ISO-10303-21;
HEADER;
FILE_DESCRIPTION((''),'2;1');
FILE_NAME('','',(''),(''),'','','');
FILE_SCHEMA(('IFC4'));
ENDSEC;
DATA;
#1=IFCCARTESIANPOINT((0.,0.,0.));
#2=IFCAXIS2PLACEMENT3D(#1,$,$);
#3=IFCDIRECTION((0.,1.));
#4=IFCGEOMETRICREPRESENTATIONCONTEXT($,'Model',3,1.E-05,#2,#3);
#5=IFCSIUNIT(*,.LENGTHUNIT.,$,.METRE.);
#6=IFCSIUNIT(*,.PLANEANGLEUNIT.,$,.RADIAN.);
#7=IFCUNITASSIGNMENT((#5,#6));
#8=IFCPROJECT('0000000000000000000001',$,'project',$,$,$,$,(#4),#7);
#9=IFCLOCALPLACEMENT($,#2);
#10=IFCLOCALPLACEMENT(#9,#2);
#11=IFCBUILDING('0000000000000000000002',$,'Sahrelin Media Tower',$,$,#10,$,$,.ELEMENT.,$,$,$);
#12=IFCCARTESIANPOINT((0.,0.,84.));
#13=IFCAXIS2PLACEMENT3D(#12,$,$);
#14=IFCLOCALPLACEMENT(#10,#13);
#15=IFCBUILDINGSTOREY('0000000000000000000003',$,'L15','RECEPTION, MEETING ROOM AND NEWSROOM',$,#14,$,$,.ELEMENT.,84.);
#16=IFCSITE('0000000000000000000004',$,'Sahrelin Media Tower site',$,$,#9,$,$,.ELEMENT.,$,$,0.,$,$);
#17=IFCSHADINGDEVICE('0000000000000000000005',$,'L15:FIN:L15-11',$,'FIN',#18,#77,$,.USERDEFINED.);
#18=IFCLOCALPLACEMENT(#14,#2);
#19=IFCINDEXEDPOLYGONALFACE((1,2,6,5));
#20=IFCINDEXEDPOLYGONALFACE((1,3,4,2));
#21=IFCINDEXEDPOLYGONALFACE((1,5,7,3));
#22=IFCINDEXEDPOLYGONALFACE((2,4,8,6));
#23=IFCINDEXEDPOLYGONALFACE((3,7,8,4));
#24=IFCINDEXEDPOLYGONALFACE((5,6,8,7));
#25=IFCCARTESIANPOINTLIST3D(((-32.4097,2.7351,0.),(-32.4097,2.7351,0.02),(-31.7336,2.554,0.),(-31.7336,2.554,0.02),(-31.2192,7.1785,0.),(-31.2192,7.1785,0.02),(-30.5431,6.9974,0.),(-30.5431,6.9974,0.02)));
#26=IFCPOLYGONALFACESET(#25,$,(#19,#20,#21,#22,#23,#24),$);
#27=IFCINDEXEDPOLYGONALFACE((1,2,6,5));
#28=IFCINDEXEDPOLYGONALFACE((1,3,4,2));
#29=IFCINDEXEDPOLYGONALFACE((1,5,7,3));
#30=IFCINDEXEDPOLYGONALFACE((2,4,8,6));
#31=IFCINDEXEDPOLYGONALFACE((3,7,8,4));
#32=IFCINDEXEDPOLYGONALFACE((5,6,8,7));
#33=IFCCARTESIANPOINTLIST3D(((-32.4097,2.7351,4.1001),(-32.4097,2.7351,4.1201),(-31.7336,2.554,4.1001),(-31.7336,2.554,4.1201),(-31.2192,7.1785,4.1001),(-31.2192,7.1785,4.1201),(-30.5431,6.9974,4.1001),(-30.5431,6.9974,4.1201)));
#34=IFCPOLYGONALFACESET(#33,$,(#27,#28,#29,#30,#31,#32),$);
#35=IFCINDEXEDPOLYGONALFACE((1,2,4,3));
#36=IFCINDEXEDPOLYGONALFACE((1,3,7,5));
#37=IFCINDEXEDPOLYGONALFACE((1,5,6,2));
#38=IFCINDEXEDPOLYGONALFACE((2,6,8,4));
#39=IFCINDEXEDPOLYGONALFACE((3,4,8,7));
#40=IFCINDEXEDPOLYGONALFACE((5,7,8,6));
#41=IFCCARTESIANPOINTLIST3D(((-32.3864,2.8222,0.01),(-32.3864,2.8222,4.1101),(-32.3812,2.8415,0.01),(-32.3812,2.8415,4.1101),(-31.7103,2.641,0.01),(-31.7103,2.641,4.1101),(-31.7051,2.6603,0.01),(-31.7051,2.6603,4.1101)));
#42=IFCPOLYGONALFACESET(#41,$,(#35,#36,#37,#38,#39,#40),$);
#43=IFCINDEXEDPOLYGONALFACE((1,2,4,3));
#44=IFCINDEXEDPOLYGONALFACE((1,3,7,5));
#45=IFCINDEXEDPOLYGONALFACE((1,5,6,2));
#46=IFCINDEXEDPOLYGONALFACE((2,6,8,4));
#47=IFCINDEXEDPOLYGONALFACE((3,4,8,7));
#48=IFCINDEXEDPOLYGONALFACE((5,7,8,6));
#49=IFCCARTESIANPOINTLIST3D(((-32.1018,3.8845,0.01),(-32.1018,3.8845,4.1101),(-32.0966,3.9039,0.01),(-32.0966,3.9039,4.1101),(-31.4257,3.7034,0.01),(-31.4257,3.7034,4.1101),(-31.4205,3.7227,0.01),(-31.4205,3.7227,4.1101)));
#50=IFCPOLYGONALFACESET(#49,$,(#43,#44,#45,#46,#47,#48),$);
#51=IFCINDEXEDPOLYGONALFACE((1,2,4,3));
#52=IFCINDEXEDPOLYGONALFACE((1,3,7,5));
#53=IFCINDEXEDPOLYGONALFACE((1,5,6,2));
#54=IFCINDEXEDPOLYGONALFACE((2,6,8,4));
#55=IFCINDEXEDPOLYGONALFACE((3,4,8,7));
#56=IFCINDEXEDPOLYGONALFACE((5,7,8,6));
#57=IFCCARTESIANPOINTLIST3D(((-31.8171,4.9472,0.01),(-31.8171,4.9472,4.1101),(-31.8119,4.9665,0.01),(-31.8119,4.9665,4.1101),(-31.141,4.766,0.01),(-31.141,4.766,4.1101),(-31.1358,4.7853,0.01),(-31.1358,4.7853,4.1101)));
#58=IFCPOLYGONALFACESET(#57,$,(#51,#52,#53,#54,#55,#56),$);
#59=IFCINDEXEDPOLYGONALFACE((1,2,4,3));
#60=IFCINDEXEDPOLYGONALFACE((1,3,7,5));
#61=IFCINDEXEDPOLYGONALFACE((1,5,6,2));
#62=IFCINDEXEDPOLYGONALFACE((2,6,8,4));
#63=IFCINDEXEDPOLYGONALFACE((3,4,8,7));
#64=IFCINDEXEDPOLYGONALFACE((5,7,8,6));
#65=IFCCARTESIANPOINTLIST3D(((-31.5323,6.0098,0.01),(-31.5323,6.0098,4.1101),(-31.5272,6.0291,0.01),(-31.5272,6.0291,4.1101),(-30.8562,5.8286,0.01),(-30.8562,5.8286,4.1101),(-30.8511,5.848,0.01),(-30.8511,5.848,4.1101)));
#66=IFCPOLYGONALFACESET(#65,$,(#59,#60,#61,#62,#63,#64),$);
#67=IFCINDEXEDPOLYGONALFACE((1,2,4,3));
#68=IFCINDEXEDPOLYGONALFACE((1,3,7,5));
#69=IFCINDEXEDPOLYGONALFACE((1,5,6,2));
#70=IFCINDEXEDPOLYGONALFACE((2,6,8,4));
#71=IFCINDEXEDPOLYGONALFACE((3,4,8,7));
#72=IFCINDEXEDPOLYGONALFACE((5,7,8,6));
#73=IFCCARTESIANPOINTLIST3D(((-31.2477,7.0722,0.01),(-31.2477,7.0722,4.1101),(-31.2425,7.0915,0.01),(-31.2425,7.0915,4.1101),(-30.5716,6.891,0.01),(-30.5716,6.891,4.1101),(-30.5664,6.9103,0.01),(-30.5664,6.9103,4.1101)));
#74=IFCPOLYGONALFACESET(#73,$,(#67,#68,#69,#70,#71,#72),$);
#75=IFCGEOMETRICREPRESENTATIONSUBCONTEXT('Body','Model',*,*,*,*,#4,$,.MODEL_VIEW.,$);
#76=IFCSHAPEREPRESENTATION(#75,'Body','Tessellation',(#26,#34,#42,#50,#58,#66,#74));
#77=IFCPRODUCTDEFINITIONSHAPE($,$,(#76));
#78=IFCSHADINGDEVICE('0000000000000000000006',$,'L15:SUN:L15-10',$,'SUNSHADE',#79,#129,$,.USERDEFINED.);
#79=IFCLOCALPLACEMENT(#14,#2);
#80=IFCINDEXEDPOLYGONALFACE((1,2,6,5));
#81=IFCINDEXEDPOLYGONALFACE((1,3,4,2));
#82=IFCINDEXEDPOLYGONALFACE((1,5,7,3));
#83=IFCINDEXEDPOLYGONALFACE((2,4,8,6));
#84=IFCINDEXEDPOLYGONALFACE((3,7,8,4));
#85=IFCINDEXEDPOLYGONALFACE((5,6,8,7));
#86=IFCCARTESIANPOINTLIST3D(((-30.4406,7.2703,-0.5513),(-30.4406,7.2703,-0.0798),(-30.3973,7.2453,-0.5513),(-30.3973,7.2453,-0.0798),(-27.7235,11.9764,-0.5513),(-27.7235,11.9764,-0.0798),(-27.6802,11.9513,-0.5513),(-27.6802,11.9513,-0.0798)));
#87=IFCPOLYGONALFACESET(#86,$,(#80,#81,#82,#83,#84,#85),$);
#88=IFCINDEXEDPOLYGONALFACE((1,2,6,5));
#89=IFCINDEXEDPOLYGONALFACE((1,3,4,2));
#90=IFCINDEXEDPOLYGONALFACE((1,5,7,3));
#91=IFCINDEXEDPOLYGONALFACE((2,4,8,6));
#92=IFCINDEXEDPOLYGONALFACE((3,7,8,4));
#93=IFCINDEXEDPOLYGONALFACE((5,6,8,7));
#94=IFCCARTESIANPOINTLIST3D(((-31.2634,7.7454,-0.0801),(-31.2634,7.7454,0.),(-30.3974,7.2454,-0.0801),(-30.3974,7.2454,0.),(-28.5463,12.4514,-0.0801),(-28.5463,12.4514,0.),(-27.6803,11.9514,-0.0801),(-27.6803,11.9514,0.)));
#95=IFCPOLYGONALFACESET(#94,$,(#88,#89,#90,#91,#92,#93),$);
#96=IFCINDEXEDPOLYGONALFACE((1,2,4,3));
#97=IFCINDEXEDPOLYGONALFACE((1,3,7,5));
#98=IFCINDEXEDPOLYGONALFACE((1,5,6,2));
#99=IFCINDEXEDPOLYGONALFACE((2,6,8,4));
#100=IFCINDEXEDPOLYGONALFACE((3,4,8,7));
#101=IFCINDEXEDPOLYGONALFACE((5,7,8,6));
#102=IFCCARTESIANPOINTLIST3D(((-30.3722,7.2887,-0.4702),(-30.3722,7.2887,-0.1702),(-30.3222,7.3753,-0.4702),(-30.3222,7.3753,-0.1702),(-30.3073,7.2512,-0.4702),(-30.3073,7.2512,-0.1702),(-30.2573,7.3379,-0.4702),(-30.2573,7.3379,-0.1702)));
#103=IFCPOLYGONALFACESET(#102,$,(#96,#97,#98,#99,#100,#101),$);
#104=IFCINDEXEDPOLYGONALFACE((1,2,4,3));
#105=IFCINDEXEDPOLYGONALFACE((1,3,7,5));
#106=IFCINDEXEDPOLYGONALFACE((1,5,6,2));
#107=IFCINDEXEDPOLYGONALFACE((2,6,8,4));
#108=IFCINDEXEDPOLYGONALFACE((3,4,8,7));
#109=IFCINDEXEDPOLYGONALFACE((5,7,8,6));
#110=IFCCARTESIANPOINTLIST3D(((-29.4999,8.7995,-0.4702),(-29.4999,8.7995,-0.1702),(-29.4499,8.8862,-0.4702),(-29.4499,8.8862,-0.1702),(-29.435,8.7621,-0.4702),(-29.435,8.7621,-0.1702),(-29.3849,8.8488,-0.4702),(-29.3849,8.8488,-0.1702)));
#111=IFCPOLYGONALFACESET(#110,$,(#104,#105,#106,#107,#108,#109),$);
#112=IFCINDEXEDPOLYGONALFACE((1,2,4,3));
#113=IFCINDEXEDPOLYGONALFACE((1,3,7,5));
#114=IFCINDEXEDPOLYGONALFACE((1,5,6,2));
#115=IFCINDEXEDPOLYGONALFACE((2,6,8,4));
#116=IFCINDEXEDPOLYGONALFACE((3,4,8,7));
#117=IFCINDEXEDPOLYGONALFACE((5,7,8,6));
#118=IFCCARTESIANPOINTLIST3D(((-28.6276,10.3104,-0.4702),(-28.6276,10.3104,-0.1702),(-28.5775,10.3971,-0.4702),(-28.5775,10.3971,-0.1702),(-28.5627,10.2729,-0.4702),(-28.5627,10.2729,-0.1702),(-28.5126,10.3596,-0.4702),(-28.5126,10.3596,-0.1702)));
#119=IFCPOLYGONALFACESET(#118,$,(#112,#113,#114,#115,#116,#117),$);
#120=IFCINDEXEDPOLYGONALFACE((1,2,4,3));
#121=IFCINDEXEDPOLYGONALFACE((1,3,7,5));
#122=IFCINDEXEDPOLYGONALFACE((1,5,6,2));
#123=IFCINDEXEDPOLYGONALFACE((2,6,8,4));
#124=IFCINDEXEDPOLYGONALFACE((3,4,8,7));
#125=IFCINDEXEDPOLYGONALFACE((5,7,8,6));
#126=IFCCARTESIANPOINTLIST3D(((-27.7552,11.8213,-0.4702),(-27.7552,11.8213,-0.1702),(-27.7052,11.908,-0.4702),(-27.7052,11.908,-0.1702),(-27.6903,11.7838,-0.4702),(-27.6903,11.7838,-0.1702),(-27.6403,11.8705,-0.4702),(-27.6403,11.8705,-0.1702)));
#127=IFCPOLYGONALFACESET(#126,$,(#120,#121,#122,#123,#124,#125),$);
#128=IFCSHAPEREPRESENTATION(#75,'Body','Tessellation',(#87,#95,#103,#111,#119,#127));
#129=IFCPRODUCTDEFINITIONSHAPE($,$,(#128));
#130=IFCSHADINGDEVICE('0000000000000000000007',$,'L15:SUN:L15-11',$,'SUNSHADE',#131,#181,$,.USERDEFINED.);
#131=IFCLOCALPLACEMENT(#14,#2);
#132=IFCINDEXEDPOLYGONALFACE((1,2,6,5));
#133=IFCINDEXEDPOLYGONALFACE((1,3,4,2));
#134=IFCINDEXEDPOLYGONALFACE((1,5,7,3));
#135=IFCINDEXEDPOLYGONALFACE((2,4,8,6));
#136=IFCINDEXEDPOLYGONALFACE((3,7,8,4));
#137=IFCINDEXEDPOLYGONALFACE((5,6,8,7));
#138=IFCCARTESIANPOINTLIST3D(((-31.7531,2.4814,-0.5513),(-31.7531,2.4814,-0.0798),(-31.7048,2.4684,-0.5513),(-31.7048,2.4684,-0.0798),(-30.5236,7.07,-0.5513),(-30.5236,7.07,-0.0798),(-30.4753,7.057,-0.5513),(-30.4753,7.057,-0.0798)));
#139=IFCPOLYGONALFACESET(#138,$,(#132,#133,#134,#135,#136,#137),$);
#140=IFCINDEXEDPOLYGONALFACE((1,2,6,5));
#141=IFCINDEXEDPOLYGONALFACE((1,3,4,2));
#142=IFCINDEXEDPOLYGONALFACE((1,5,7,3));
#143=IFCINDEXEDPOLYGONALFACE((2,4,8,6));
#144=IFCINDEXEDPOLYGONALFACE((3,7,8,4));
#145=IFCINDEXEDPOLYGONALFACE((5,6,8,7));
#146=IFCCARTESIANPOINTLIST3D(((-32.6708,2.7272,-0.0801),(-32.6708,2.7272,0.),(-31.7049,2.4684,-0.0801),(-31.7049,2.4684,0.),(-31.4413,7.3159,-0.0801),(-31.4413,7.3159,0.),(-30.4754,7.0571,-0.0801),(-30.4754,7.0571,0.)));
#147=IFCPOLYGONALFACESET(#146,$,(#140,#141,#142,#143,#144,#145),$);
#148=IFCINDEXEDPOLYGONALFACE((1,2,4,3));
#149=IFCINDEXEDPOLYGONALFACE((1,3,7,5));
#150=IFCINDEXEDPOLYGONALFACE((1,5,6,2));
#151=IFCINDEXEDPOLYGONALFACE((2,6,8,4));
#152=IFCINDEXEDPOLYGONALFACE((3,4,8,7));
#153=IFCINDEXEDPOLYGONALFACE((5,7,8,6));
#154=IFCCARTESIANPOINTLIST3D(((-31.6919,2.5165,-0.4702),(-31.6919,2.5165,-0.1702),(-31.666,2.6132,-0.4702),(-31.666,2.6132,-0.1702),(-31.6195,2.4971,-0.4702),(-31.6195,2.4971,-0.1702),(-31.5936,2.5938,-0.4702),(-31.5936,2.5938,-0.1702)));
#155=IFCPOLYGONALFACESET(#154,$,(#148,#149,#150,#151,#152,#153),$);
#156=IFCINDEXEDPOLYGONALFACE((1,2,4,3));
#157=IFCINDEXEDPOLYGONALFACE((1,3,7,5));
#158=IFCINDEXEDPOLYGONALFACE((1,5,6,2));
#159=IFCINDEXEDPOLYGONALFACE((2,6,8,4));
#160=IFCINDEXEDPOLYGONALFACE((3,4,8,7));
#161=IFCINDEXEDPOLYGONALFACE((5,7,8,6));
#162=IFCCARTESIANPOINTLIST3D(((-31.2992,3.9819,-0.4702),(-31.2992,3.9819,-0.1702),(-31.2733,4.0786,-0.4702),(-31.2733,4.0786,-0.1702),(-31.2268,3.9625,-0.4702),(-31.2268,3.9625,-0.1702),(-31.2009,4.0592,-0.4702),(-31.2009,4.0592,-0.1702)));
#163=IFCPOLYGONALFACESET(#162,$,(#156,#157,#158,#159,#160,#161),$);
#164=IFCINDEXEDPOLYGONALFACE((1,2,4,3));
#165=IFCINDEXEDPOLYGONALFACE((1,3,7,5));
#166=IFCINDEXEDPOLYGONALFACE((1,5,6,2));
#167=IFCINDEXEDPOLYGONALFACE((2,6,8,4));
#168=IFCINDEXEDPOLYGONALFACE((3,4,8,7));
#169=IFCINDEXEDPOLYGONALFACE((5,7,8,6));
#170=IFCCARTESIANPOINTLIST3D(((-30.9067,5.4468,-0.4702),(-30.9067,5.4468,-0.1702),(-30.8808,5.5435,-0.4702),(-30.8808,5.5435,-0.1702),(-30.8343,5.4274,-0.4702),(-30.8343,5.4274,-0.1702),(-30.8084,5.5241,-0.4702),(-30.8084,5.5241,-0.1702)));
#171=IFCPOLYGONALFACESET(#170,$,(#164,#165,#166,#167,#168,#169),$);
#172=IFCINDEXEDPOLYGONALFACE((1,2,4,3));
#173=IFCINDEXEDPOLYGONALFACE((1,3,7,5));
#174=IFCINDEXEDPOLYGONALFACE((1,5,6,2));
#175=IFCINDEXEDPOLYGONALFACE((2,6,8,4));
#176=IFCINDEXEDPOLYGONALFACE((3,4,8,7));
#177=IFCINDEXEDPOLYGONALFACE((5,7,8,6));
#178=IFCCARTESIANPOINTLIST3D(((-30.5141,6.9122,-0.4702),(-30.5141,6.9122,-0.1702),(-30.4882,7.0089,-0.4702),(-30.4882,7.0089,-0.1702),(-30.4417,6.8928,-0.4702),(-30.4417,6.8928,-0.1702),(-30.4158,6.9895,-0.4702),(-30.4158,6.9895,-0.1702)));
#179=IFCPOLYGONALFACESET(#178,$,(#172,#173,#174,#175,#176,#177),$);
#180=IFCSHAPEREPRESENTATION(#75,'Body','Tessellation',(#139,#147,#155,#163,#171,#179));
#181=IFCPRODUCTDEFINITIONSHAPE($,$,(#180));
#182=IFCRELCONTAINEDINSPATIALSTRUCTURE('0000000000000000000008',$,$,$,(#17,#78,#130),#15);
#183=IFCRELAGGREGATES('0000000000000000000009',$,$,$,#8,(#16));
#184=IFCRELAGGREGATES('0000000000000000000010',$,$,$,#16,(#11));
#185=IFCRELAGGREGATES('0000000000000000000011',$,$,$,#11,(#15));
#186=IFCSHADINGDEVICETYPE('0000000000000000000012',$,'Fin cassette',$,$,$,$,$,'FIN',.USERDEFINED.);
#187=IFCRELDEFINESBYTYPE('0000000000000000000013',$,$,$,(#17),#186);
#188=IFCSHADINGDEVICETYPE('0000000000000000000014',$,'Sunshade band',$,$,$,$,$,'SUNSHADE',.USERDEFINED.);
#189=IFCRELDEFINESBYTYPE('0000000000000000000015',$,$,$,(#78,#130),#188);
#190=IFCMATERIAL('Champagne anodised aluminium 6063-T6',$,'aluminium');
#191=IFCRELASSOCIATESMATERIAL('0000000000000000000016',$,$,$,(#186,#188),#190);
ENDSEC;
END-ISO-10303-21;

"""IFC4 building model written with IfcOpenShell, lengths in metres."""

from ifc_helpers import new_model, si_unit, direction, frame, origin, origin_2d, place, context, subcontext, project, spatial, rectangle, extrude, material, type_object, element, save


model = new_model("IFC4")

# Units and contexts
model_context = context("Model", 3, precision=1e-05, world=origin(), true_north=direction((0.0, 1.0)))
body_context = subcontext(model_context, "Body", "Model", "MODEL_VIEW")
ifc_project = project(units=[si_unit("LENGTHUNIT", "METRE"), si_unit("PLANEANGLEUNIT", "RADIAN")], contexts=[model_context])

# Site, building, storey
site_placement = place(None, origin())
site = spatial("IfcSite", under=ifc_project, at=site_placement, Name="Sahrelin Media Tower site", CompositionType="ELEMENT", RefElevation=0.0)
building_placement = place(site_placement, origin())
building = spatial("IfcBuilding", under=site, at=building_placement, Name="Sahrelin Media Tower", CompositionType="ELEMENT")
storey_placement = place(building_placement, frame((0.0, 0.0, 84.0)))
storey = spatial("IfcBuildingStorey", under=building, at=storey_placement, Name="L15", Description="RECEPTION, MEETING ROOM AND NEWSROOM", CompositionType="ELEMENT", Elevation=84.0)

# Shared definitions
ifc_material_1 = material(Name="Champagne anodised aluminium 6063-T6", Category="aluminium")

# Shading devices
shading_device_type_1 = type_object("IfcShadingDeviceType", Name="Fin cassette", ElementType="FIN", PredefinedType="USERDEFINED", material=ifc_material_1)
placement_1 = place(storey_placement, frame((-29.0215, 9.5884, 0.0), z_axis=(0.0, 0.0, 1.0), x_axis=(0.500011, 0.866019, 0.0)))
placement_2 = place(storey_placement, frame((-31.0708, 4.7576, 0.0), z_axis=(0.0, 0.0, 1.0), x_axis=(0.258808, 0.965929, 0.0)))
element("IfcShadingDevice", 1, at=placement_2, inside=storey, type_object=shading_device_type_1, Name="L15:FIN:L15-11", ObjectType="FIN", PredefinedType="USERDEFINED", context=body_context, shape_type="SweptSolid", body=[
    extrude(rectangle(XDim=4.6001, YDim=0.7, at=origin_2d()), frame((0.0, 0.4199, 0.0)), (0.0, 0.0, 1.0), 0.02),
    extrude(rectangle(XDim=4.6001, YDim=0.7, at=origin_2d()), frame((0.0, 0.4199, 4.1001)), (0.0, 0.0, 1.0), 0.02),
    extrude(rectangle(XDim=0.02, YDim=0.7, at=origin_2d()), frame((-2.2, 0.4199, 0.01), z_axis=(0.0, 0.0, 1.0), x_axis=(1.0, 0.0, 0.0)), (0.0, 0.0, 1.0), 4.1001),
    extrude(rectangle(XDim=0.02, YDim=0.7, at=origin_2d()), frame((-1.1001, 0.4199, 0.01), z_axis=(0.0, 0.0, 1.0), x_axis=(1.0, 0.0, 0.0)), (0.0, 0.0, 1.0), 4.1001),
    extrude(rectangle(XDim=0.02, YDim=0.7, at=origin_2d()), frame((0.0, 0.4199, 0.01), z_axis=(0.0, 0.0, 1.0), x_axis=(1.0, 0.0, 0.0)), (0.0, 0.0, 1.0), 4.1001),
    extrude(rectangle(XDim=0.02, YDim=0.7, at=origin_2d()), frame((1.1001, 0.4199, 0.01), z_axis=(0.0, 0.0, 1.0), x_axis=(1.0, 0.0, 0.0)), (0.0, 0.0, 1.0), 4.1001),
    extrude(rectangle(XDim=0.02, YDim=0.7, at=origin_2d()), frame((2.2, 0.4199, 0.01), z_axis=(0.0, 0.0, 1.0), x_axis=(1.0, 0.0, 0.0)), (0.0, 0.0, 1.0), 4.1001),
])
shading_device_type_2 = type_object("IfcShadingDeviceType", Name="Sunshade band", ElementType="SUNSHADE", PredefinedType="USERDEFINED", material=ifc_material_1)
element("IfcShadingDevice", 2, at=placement_1, inside=storey, type_object=shading_device_type_2, Name="L15:SUN:L15-10", ObjectType="SUNSHADE", PredefinedType="USERDEFINED", context=body_context, shape_type="SweptSolid", body=[
    extrude(rectangle(XDim=5.4341, YDim=0.05, at=origin_2d()), frame((0.0, 0.0449, -0.5513)), (0.0, 0.0, 1.0), 0.4714),
    extrude(rectangle(XDim=5.4341, YDim=1.0, at=origin_2d()), frame((0.0, 0.52, -0.0801)), (0.0, 0.0, 1.0), 0.0801),
    extrude(rectangle(XDim=0.1001, YDim=0.075, at=origin_2d()), frame((-2.6169, -0.0176, -0.4702)), (0.0, 0.0, 1.0), 0.3),
    extrude(rectangle(XDim=0.1001, YDim=0.075, at=origin_2d()), frame((-0.8723, -0.0176, -0.4702)), (0.0, 0.0, 1.0), 0.3),
    extrude(rectangle(XDim=0.1001, YDim=0.075, at=origin_2d()), frame((0.8723, -0.0176, -0.4702)), (0.0, 0.0, 1.0), 0.3),
    extrude(rectangle(XDim=0.1001, YDim=0.075, at=origin_2d()), frame((2.6169, -0.0176, -0.4702)), (0.0, 0.0, 1.0), 0.3),
])
element("IfcShadingDevice", 3, at=placement_2, inside=storey, type_object=shading_device_type_2, Name="L15:SUN:L15-11", ObjectType="SUNSHADE", PredefinedType="USERDEFINED", context=body_context, shape_type="SweptSolid", body=[
    extrude(rectangle(XDim=4.7505, YDim=0.05, at=origin_2d()), frame((0.0, 0.0449, -0.5513)), (0.0, 0.0, 1.0), 0.4714),
    extrude(rectangle(XDim=4.7505, YDim=1.0, at=origin_2d()), frame((0.0, 0.52, -0.0801)), (0.0, 0.0, 1.0), 0.0801),
    extrude(rectangle(XDim=0.1001, YDim=0.075, at=origin_2d()), frame((-2.2754, -0.0176, -0.4702)), (0.0, 0.0, 1.0), 0.3),
    extrude(rectangle(XDim=0.1001, YDim=0.075, at=origin_2d()), frame((-0.7583, -0.0176, -0.4702)), (0.0, 0.0, 1.0), 0.3),
    extrude(rectangle(XDim=0.1001, YDim=0.075, at=origin_2d()), frame((0.7583, -0.0176, -0.4702)), (0.0, 0.0, 1.0), 0.3),
    extrude(rectangle(XDim=0.1001, YDim=0.075, at=origin_2d()), frame((2.2754, -0.0176, -0.4702)), (0.0, 0.0, 1.0), 0.3),
])

save(model, "model.ifc")
